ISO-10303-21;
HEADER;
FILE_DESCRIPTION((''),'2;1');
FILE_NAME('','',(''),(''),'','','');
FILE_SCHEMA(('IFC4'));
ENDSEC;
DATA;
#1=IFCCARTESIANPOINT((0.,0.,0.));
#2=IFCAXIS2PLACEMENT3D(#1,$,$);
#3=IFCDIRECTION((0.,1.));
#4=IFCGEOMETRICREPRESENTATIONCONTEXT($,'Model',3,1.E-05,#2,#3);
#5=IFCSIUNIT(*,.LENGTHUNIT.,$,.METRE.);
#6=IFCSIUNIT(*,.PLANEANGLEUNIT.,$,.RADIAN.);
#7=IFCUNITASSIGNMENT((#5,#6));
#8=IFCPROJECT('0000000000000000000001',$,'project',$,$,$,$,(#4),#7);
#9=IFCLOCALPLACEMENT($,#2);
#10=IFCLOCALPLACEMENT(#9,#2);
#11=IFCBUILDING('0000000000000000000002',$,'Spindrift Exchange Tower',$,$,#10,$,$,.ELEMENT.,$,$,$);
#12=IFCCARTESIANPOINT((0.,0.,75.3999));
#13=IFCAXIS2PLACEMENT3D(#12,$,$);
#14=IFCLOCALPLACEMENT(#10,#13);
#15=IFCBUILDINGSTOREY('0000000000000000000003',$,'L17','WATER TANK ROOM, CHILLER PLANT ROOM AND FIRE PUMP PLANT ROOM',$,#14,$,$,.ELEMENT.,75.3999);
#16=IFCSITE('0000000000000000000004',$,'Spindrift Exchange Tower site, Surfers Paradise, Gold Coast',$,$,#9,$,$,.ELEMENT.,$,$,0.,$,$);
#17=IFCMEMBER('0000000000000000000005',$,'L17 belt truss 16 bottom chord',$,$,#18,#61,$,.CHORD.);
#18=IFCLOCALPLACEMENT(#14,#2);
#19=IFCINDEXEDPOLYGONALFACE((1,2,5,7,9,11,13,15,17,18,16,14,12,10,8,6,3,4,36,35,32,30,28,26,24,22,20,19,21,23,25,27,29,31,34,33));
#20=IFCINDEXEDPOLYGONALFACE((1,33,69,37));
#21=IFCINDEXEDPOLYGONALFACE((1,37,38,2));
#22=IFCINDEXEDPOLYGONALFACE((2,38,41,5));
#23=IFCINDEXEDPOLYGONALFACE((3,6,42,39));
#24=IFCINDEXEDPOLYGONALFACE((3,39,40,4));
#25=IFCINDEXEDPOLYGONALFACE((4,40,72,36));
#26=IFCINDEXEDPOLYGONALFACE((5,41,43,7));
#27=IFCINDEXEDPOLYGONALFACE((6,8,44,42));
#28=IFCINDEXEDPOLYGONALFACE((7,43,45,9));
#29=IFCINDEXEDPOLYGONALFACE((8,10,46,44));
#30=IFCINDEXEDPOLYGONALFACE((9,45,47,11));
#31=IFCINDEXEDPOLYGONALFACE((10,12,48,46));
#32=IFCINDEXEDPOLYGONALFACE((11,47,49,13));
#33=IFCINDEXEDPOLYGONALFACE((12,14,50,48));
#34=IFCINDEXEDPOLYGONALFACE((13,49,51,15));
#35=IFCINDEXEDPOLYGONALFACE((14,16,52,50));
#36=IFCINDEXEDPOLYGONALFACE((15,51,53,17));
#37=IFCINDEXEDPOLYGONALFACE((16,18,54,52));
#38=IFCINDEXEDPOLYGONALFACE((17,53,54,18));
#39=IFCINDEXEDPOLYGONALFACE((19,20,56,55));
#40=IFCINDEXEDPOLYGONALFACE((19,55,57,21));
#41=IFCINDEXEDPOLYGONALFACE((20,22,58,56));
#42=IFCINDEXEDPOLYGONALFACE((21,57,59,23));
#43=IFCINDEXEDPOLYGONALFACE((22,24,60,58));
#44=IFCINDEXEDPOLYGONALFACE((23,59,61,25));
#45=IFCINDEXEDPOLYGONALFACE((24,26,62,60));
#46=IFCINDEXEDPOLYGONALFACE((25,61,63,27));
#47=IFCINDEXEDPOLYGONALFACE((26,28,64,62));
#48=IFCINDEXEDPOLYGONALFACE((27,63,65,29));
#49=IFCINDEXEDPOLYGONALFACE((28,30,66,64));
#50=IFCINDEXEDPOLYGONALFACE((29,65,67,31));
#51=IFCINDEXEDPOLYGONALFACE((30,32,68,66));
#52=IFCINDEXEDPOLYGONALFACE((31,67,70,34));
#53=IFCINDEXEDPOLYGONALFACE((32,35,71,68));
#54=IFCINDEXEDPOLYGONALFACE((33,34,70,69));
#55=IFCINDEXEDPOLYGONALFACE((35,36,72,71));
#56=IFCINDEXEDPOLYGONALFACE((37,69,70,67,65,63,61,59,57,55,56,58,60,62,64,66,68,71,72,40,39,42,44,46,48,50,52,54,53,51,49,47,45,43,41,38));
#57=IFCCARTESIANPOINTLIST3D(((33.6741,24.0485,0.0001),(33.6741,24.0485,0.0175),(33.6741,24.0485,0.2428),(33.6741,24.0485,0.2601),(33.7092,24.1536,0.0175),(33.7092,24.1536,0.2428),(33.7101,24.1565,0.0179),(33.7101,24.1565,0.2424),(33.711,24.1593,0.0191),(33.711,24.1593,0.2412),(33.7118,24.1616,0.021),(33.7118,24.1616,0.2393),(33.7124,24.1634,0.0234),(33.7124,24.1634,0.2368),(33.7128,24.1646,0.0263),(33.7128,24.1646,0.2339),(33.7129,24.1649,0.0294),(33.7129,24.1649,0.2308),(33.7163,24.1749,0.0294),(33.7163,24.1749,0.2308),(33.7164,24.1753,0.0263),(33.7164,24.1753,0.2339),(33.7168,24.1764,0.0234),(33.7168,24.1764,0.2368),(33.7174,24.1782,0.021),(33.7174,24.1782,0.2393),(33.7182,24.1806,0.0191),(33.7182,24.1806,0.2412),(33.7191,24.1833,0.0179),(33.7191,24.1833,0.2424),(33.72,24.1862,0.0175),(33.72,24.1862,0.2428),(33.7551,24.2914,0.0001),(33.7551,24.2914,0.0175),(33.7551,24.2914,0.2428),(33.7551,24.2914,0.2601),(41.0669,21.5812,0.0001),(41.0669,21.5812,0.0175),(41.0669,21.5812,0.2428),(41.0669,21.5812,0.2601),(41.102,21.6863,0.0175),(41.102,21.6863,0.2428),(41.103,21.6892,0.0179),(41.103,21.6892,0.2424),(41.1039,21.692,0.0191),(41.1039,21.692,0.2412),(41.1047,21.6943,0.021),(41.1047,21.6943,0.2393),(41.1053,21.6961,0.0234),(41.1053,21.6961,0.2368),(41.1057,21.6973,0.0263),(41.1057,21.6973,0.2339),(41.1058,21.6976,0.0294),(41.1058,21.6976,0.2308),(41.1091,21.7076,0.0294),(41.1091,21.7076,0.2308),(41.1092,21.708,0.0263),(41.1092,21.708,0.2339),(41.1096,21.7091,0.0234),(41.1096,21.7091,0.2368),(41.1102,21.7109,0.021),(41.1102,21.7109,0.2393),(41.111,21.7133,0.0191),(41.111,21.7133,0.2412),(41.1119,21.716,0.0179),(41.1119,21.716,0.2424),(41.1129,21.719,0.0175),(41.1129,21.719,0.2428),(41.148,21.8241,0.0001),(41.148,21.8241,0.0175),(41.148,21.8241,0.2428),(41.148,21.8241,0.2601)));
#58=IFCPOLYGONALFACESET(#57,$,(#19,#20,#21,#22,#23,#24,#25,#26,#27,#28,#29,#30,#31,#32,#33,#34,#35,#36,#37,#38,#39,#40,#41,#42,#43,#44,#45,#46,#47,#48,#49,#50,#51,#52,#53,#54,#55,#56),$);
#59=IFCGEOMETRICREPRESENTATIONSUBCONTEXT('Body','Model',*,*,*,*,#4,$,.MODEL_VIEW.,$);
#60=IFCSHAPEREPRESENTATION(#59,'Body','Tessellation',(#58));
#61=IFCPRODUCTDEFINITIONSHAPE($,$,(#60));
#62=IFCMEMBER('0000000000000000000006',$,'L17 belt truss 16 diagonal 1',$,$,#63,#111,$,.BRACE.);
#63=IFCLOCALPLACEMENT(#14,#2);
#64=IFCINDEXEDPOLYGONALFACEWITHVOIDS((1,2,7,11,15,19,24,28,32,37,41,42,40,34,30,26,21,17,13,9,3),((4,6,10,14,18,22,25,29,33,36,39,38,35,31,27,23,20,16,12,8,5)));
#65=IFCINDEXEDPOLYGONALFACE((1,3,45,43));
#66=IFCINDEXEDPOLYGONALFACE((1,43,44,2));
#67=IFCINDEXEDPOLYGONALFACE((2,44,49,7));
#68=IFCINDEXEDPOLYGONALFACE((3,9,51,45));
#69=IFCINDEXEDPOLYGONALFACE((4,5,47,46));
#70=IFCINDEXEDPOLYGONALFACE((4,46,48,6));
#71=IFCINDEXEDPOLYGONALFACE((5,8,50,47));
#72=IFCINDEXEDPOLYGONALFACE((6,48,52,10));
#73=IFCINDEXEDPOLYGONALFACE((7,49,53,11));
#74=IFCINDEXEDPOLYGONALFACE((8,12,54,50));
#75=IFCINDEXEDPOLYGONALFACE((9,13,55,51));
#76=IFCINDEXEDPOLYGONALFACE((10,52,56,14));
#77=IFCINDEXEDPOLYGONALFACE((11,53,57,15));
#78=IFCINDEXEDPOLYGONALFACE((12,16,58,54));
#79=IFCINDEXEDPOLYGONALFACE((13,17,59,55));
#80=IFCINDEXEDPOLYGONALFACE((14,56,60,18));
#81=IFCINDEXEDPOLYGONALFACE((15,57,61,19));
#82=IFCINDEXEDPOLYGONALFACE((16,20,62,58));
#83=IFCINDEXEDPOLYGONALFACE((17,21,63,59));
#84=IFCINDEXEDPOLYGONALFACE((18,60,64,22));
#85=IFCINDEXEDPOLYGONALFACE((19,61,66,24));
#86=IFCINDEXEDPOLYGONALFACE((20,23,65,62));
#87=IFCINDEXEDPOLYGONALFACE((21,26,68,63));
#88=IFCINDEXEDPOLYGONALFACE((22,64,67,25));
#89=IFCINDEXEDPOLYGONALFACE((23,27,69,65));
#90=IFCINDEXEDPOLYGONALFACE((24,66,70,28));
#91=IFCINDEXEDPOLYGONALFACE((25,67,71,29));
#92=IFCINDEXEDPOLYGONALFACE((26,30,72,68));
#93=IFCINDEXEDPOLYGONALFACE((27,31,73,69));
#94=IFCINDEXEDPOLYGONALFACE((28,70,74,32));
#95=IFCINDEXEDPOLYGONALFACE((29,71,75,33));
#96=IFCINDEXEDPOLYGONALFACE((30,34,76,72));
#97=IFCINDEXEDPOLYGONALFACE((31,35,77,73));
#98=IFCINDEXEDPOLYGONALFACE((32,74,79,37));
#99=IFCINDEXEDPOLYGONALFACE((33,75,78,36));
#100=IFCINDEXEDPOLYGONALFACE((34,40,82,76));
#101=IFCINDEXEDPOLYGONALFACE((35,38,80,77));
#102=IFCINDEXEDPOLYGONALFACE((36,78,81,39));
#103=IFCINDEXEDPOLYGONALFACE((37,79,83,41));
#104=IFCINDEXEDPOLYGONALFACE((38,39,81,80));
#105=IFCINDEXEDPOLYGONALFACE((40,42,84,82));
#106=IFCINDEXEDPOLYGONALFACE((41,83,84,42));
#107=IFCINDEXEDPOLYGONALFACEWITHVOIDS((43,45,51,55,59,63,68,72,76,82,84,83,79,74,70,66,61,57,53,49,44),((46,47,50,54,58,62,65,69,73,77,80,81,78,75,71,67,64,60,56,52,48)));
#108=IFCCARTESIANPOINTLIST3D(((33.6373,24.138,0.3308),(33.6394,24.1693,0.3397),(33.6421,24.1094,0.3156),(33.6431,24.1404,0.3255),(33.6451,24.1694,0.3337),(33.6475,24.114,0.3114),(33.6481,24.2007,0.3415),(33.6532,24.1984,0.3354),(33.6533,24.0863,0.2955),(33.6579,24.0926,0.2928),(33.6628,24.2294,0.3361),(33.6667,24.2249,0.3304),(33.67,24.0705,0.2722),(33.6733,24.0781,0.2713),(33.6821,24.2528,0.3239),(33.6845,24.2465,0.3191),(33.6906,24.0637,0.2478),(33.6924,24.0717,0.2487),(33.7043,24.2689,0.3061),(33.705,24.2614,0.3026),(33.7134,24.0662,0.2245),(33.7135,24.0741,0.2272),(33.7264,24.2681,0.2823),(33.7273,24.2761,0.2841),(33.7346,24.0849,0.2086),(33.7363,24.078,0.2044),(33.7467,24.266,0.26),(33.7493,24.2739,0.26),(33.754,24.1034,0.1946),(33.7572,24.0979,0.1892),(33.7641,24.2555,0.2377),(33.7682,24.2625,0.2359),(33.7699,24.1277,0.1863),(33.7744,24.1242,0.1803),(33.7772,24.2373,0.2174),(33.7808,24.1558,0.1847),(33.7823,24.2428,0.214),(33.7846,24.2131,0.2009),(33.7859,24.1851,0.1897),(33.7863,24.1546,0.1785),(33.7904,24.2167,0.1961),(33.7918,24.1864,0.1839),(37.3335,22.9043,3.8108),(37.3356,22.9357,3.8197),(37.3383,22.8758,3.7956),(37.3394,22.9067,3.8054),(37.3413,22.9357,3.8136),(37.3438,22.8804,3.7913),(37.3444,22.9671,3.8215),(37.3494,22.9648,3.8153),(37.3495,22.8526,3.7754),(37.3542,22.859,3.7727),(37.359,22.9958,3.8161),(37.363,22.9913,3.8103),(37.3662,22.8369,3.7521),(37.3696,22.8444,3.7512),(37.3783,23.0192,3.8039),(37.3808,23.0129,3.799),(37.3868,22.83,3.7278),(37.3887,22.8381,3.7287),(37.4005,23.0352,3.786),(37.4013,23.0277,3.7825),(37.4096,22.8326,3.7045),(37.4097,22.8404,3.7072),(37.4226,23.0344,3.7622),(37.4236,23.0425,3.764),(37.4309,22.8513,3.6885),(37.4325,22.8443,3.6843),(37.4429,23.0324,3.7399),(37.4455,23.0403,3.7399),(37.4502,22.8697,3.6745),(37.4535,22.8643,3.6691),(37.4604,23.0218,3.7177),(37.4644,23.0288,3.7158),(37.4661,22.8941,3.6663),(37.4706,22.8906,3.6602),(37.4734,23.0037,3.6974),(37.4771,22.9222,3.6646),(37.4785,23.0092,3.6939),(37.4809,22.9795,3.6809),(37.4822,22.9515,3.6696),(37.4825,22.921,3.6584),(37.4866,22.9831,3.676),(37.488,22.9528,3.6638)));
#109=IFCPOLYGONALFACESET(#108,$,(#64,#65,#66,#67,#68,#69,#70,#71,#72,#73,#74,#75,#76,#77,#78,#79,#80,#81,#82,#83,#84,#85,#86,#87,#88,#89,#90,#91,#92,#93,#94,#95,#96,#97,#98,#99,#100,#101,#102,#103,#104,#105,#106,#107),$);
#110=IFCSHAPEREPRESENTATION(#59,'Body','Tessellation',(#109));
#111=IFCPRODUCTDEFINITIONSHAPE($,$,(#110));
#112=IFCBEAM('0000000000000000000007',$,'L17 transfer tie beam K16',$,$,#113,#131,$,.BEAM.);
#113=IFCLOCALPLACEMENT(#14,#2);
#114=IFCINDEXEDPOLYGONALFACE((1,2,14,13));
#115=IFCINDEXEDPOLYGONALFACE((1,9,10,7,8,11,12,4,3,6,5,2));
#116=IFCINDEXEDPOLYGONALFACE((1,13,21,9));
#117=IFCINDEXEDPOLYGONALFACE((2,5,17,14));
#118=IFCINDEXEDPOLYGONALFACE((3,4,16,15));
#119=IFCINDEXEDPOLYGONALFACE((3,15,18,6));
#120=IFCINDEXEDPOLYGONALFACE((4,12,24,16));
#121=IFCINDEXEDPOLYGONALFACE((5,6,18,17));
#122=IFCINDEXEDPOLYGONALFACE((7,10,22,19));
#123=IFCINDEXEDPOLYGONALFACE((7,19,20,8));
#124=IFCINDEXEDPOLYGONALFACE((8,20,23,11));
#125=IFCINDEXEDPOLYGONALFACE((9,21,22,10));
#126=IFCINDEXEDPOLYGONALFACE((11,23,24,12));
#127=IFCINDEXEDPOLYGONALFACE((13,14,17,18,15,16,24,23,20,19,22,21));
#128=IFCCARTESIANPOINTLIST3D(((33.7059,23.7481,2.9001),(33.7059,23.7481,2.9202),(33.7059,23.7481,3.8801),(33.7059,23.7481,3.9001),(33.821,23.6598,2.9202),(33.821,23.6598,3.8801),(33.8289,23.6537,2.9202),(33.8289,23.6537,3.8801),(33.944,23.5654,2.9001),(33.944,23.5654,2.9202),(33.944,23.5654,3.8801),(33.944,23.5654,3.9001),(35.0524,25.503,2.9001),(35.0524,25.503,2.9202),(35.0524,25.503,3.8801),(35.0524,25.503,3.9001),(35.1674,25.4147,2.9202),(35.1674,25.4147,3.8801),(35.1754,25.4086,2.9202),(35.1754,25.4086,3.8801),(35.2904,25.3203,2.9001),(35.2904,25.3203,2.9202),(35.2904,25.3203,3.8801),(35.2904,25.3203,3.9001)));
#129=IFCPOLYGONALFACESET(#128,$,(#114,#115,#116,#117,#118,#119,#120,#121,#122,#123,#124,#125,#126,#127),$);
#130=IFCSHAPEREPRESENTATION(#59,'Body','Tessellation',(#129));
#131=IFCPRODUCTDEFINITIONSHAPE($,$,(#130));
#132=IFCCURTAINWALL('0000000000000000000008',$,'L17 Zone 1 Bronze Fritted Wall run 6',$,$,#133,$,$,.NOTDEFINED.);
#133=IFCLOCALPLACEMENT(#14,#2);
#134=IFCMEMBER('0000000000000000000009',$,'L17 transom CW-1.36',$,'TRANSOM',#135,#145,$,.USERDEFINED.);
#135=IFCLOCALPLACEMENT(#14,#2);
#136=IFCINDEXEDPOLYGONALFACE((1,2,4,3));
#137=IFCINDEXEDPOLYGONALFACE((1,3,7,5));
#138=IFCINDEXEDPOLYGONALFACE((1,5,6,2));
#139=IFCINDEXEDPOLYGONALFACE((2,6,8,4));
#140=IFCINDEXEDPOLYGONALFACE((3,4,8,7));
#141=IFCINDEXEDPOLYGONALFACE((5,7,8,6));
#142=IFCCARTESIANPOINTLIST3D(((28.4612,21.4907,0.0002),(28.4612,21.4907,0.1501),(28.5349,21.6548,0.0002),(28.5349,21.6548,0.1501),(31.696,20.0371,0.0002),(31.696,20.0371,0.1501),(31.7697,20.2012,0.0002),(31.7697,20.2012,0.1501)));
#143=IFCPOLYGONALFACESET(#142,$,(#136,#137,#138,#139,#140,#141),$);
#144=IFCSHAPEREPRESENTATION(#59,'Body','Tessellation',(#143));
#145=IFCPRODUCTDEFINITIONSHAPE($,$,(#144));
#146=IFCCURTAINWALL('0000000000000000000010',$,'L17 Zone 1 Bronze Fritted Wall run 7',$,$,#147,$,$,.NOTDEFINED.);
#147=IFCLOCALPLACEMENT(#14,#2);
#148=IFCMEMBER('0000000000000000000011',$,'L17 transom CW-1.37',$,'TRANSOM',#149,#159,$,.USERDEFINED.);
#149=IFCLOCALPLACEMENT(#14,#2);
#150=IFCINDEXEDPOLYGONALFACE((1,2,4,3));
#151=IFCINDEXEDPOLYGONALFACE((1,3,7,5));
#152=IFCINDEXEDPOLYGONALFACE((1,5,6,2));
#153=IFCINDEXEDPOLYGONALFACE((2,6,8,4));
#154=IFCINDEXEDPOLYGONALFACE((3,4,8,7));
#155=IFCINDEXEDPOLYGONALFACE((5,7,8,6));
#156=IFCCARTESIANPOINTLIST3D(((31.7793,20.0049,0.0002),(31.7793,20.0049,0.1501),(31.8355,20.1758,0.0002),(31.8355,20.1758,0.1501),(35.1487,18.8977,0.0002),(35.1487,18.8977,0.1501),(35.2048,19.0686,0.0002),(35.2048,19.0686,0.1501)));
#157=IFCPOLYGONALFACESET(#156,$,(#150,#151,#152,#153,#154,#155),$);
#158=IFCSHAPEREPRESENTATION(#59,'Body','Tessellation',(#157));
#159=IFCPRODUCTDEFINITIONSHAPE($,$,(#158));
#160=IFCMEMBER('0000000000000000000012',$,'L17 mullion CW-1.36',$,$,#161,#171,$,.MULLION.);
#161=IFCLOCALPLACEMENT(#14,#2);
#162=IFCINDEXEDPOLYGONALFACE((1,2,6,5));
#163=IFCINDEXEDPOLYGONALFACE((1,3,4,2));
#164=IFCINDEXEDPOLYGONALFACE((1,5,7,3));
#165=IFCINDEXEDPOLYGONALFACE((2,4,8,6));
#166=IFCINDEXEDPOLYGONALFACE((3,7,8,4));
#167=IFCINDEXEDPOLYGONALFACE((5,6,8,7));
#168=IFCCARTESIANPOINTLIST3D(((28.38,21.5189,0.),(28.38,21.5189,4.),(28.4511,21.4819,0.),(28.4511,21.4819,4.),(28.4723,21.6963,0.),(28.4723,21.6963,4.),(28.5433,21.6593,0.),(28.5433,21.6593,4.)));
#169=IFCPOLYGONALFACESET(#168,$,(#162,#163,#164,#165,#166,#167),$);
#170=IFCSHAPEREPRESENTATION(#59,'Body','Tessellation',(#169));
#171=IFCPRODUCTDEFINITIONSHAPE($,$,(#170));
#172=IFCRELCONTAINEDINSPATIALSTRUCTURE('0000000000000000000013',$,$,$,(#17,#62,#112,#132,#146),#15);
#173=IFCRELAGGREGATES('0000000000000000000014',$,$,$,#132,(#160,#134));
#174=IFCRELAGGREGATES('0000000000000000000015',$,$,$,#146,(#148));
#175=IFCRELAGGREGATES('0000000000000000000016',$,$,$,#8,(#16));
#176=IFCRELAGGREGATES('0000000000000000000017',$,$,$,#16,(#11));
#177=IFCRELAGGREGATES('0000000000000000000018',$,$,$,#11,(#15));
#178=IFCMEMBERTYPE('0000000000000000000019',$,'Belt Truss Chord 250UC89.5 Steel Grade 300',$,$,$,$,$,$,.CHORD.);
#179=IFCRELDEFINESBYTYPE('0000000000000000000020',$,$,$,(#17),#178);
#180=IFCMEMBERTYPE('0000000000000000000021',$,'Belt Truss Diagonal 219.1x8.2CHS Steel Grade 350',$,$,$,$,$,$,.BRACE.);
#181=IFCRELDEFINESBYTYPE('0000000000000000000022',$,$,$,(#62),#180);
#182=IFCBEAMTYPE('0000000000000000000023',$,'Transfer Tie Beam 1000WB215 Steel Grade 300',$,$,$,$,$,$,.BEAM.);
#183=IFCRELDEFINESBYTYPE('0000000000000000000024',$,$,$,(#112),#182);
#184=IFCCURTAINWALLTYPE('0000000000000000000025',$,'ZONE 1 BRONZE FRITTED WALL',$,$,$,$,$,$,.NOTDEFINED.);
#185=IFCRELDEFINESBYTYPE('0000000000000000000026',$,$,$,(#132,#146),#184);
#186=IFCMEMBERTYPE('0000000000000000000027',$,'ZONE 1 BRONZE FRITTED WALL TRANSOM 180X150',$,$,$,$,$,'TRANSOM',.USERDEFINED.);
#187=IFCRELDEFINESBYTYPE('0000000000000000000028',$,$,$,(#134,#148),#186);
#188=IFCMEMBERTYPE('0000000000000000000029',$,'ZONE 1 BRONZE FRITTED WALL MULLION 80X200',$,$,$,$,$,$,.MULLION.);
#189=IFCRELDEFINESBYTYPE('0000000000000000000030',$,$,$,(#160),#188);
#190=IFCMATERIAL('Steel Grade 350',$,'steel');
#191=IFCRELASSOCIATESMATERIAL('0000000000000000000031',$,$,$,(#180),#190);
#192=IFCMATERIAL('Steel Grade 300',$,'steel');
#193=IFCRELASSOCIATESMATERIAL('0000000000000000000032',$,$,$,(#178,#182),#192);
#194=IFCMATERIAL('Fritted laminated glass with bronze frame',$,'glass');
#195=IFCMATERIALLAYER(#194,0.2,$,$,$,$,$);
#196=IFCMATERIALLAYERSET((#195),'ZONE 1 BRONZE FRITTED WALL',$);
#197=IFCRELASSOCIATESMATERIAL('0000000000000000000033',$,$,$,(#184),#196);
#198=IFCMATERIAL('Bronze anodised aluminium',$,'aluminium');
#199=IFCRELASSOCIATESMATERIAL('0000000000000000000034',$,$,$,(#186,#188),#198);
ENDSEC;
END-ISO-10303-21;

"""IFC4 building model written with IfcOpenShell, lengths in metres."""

from ifc_helpers import new_model, si_unit, direction, frame, origin, origin_2d, place, context, subcontext, project, spatial, rectangle, hollow_circle, i_section, extrude, source, transform, mapped, material, layer, layer_set, material_profile, profile_set, type_object, element, aggregate, save


model = new_model("IFC4")

# Units and contexts
model_context = context("Model", 3, precision=1e-05, world=origin(), true_north=direction((0.0, 1.0)))
body_context = subcontext(model_context, "Body", "Model", "MODEL_VIEW")
ifc_project = project(units=[si_unit("LENGTHUNIT", "METRE"), si_unit("PLANEANGLEUNIT", "RADIAN")], contexts=[model_context])

# Site, building, storey
site_placement = place(None, origin())
site = spatial("IfcSite", under=ifc_project, at=site_placement, Name="Spindrift Exchange Tower site, Surfers Paradise, Gold Coast", CompositionType="ELEMENT", RefElevation=0.0)
building_placement = place(site_placement, origin())
building = spatial("IfcBuilding", under=site, at=building_placement, Name="Spindrift Exchange Tower", CompositionType="ELEMENT")
storey_placement = place(building_placement, frame((0.0, 0.0, 75.3999)))
storey = spatial("IfcBuildingStorey", under=building, at=storey_placement, Name="L17", Description="WATER TANK ROOM, CHILLER PLANT ROOM AND FIRE PUMP PLANT ROOM", CompositionType="ELEMENT", Elevation=75.3999)

# Shared definitions
ifc_material_1 = material(Name="Steel Grade 300", Category="steel")

# Members
ifc_material_2 = material(Name="Steel Grade 350", Category="steel")
ifc_material_profile_1 = material_profile(ifc_material_2, hollow_circle(Radius=0.1096, WallThickness=0.0083, at=origin_2d()), Name="219.1x8.2CHS")
ifc_profile_set_1 = profile_set([ifc_material_profile_1], Name="Steel Grade 350")
member_type_1 = type_object("IfcMemberType", Name="Belt Truss Diagonal 219.1x8.2CHS Steel Grade 350", PredefinedType="BRACE", material=ifc_profile_set_1)
ifc_material_profile_2 = material_profile(ifc_material_1, i_section(OverallWidth=0.2561, OverallDepth=0.26, WebThickness=0.0105, FlangeThickness=0.0173, FilletRadius=0.012, at=origin_2d()), Name="250UC89.5")
ifc_profile_set_2 = profile_set([ifc_material_profile_2], Name="Steel Grade 300")
member_type_2 = type_object("IfcMemberType", Name="Belt Truss Chord 250UC89.5 Steel Grade 300", PredefinedType="CHORD", material=ifc_profile_set_2)
shared_shape_1 = source(origin(), body_context, "Body", "SweptSolid", [
    extrude(i_section(OverallWidth=0.2561, OverallDepth=0.26, WebThickness=0.0105, FlangeThickness=0.0173, FilletRadius=0.012, at=origin_2d()), origin(), (0.0, 0.0, 1.0), 7.7937),
])
for number, where, z_axis, x_axis, name in (
    (1, (33.7146, 24.1699, 0.1301), (0.948567, -0.316575, 0.0), (0.316575, 0.948567, 0.0), "L17 belt truss 16 bottom chord"),
):
    element("IfcMember", number, at=place(storey_placement, frame(where, z_axis=z_axis, x_axis=x_axis)), inside=storey, type_object=member_type_2, Name=name, PredefinedType="CHORD", context=body_context, shape_type="MappedRepresentation", body=[
        mapped(shared_shape_1, transform((0.0, 0.0, 0.0), scale=1.0)),
    ])
shared_shape_2 = source(origin(), body_context, "Body", "SweptSolid", [
    extrude(hollow_circle(Radius=0.1096, WallThickness=0.0083, at=origin_2d()), origin(), (0.0, 0.0, 1.0), 5.2244),
])
member_1_placement = place(storey_placement, frame((33.7146, 24.1699, 0.26), z_axis=(0.707501, -0.23613, 0.666097), x_axis=(0.316585, 0.948564, 0.0)))
element("IfcMember", 2, at=member_1_placement, inside=storey, type_object=member_type_1, Name="L17 belt truss 16 diagonal 1", PredefinedType="BRACE", context=body_context, shape_type="MappedRepresentation", body=[
    mapped(shared_shape_2, transform((0.0, 0.0, 0.0), scale=1.0)),
])

# Beam
ifc_material_profile_3 = material_profile(ifc_material_1, i_section(OverallWidth=0.3, OverallDepth=1.0, WebThickness=0.01, FlangeThickness=0.02, at=origin_2d()), Name="1000WB215")
ifc_profile_set_3 = profile_set([ifc_material_profile_3], Name="Steel Grade 300")
beam_type_1 = type_object("IfcBeamType", Name="Transfer Tie Beam 1000WB215 Steel Grade 300", PredefinedType="BEAM", material=ifc_profile_set_3)
shared_shape_3 = source(origin(), body_context, "Body", "SweptSolid", [
    extrude(i_section(OverallWidth=0.3, OverallDepth=1.0, WebThickness=0.01, FlangeThickness=0.02, at=origin_2d()), origin(), (0.0, 0.0, 1.0), 2.2119),
])
beam_1_placement = place(storey_placement, frame((33.825, 23.6567, 3.4001), z_axis=(0.608723, 0.793382, 0.0), x_axis=(-0.793382, 0.608723, 0.0)))
element("IfcBeam", 3, at=beam_1_placement, inside=storey, type_object=beam_type_1, Name="L17 transfer tie beam K16", PredefinedType="BEAM", context=body_context, shape_type="MappedRepresentation", body=[
    mapped(shared_shape_3, transform((0.0, 0.0, 0.0), scale=1.0)),
])

# Curtain walls, members
ifc_material_3 = material(Name="Fritted laminated glass with bronze frame", Category="glass")
ifc_layer_1 = layer(ifc_material_3, 0.2)
ifc_layer_set_1 = layer_set([ifc_layer_1], Name="ZONE 1 BRONZE FRITTED WALL")
curtain_wall_type = type_object("IfcCurtainWallType", Name="ZONE 1 BRONZE FRITTED WALL", PredefinedType="NOTDEFINED", material=ifc_layer_set_1)
curtain_wall_1_placement = place(storey_placement, origin())
curtain_wall_1 = element("IfcCurtainWall", 4, at=curtain_wall_1_placement, inside=storey, type_object=curtain_wall_type, Name="L17 Zone 1 Bronze Fritted Wall run 6", PredefinedType="NOTDEFINED")
ifc_material_4 = material(Name="Bronze anodised aluminium", Category="aluminium")
ifc_material_profile_4 = material_profile(ifc_material_4, rectangle(XDim=0.1799, YDim=0.1499, at=origin_2d()), Name="ZONE 1 BRONZE FRITTED WALL TRANSOM 180X150")
ifc_profile_set_4 = profile_set([ifc_material_profile_4], Name="Bronze anodised aluminium")
member_type_3 = type_object("IfcMemberType", Name="ZONE 1 BRONZE FRITTED WALL TRANSOM 180X150", ElementType="TRANSOM", PredefinedType="USERDEFINED", material=ifc_profile_set_4)
shared_shape_4 = source(origin(), body_context, "Body", "SweptSolid", [
    extrude(rectangle(XDim=0.1799, YDim=0.1499, at=origin_2d()), origin(), (0.0, 0.0, 1.0), 3.5464),
])
member_2_placement = place(storey_placement, frame((28.498, 21.5728, 0.0752), z_axis=(0.91214, -0.409878, 0.0), x_axis=(0.409878, 0.91214, 0.0)))
member_2 = element("IfcMember", 5, at=member_2_placement, type_object=member_type_3, Name="L17 transom CW-1.36", ObjectType="TRANSOM", PredefinedType="USERDEFINED", context=body_context, shape_type="MappedRepresentation", body=[
    mapped(shared_shape_4, transform((0.0, 0.0, 0.0), scale=1.0)),
])
curtain_wall_2_placement = place(storey_placement, origin())
curtain_wall_2 = element("IfcCurtainWall", 6, at=curtain_wall_2_placement, inside=storey, type_object=curtain_wall_type, Name="L17 Zone 1 Bronze Fritted Wall run 7", PredefinedType="NOTDEFINED")
shared_shape_5 = source(origin(), body_context, "Body", "SweptSolid", [
    extrude(rectangle(XDim=0.1799, YDim=0.1499, at=origin_2d()), origin(), (0.0, 0.0, 1.0), 3.5466),
])
member_3_placement = place(storey_placement, frame((31.8074, 20.0903, 0.0752), z_axis=(0.950024, -0.312177, 0.0), x_axis=(0.312177, 0.950024, 0.0)))
member_3 = element("IfcMember", 7, at=member_3_placement, type_object=member_type_3, Name="L17 transom CW-1.37", ObjectType="TRANSOM", PredefinedType="USERDEFINED", context=body_context, shape_type="MappedRepresentation", body=[
    mapped(shared_shape_5, transform((0.0, 0.0, 0.0), scale=1.0)),
])

# Member
ifc_material_profile_5 = material_profile(ifc_material_4, rectangle(XDim=0.0801, YDim=0.2, at=origin_2d()), Name="ZONE 1 BRONZE FRITTED WALL MULLION 80X200")
ifc_profile_set_5 = profile_set([ifc_material_profile_5], Name="Bronze anodised aluminium")
member_type_4 = type_object("IfcMemberType", Name="ZONE 1 BRONZE FRITTED WALL MULLION 80X200", PredefinedType="MULLION", material=ifc_profile_set_5)
shared_shape_6 = source(origin(), body_context, "Body", "SweptSolid", [
    extrude(rectangle(XDim=0.0801, YDim=0.2, at=origin_2d()), origin(), (0.0, 0.0, 1.0), 4.0),
])
member_4_placement = place(storey_placement, frame((28.4617, 21.5891, 0.0), z_axis=(0.0, 0.0, 1.0), x_axis=(0.887243, -0.461302, 0.0)))
member_4 = element("IfcMember", 8, at=member_4_placement, type_object=member_type_4, Name="L17 mullion CW-1.36", PredefinedType="MULLION", context=body_context, shape_type="MappedRepresentation", body=[
    mapped(shared_shape_6, transform((0.0, 0.0, 0.0), scale=1.0)),
])

aggregate(curtain_wall_1, [member_4, member_2])
aggregate(curtain_wall_2, [member_3])

save(model, "model.ifc")
